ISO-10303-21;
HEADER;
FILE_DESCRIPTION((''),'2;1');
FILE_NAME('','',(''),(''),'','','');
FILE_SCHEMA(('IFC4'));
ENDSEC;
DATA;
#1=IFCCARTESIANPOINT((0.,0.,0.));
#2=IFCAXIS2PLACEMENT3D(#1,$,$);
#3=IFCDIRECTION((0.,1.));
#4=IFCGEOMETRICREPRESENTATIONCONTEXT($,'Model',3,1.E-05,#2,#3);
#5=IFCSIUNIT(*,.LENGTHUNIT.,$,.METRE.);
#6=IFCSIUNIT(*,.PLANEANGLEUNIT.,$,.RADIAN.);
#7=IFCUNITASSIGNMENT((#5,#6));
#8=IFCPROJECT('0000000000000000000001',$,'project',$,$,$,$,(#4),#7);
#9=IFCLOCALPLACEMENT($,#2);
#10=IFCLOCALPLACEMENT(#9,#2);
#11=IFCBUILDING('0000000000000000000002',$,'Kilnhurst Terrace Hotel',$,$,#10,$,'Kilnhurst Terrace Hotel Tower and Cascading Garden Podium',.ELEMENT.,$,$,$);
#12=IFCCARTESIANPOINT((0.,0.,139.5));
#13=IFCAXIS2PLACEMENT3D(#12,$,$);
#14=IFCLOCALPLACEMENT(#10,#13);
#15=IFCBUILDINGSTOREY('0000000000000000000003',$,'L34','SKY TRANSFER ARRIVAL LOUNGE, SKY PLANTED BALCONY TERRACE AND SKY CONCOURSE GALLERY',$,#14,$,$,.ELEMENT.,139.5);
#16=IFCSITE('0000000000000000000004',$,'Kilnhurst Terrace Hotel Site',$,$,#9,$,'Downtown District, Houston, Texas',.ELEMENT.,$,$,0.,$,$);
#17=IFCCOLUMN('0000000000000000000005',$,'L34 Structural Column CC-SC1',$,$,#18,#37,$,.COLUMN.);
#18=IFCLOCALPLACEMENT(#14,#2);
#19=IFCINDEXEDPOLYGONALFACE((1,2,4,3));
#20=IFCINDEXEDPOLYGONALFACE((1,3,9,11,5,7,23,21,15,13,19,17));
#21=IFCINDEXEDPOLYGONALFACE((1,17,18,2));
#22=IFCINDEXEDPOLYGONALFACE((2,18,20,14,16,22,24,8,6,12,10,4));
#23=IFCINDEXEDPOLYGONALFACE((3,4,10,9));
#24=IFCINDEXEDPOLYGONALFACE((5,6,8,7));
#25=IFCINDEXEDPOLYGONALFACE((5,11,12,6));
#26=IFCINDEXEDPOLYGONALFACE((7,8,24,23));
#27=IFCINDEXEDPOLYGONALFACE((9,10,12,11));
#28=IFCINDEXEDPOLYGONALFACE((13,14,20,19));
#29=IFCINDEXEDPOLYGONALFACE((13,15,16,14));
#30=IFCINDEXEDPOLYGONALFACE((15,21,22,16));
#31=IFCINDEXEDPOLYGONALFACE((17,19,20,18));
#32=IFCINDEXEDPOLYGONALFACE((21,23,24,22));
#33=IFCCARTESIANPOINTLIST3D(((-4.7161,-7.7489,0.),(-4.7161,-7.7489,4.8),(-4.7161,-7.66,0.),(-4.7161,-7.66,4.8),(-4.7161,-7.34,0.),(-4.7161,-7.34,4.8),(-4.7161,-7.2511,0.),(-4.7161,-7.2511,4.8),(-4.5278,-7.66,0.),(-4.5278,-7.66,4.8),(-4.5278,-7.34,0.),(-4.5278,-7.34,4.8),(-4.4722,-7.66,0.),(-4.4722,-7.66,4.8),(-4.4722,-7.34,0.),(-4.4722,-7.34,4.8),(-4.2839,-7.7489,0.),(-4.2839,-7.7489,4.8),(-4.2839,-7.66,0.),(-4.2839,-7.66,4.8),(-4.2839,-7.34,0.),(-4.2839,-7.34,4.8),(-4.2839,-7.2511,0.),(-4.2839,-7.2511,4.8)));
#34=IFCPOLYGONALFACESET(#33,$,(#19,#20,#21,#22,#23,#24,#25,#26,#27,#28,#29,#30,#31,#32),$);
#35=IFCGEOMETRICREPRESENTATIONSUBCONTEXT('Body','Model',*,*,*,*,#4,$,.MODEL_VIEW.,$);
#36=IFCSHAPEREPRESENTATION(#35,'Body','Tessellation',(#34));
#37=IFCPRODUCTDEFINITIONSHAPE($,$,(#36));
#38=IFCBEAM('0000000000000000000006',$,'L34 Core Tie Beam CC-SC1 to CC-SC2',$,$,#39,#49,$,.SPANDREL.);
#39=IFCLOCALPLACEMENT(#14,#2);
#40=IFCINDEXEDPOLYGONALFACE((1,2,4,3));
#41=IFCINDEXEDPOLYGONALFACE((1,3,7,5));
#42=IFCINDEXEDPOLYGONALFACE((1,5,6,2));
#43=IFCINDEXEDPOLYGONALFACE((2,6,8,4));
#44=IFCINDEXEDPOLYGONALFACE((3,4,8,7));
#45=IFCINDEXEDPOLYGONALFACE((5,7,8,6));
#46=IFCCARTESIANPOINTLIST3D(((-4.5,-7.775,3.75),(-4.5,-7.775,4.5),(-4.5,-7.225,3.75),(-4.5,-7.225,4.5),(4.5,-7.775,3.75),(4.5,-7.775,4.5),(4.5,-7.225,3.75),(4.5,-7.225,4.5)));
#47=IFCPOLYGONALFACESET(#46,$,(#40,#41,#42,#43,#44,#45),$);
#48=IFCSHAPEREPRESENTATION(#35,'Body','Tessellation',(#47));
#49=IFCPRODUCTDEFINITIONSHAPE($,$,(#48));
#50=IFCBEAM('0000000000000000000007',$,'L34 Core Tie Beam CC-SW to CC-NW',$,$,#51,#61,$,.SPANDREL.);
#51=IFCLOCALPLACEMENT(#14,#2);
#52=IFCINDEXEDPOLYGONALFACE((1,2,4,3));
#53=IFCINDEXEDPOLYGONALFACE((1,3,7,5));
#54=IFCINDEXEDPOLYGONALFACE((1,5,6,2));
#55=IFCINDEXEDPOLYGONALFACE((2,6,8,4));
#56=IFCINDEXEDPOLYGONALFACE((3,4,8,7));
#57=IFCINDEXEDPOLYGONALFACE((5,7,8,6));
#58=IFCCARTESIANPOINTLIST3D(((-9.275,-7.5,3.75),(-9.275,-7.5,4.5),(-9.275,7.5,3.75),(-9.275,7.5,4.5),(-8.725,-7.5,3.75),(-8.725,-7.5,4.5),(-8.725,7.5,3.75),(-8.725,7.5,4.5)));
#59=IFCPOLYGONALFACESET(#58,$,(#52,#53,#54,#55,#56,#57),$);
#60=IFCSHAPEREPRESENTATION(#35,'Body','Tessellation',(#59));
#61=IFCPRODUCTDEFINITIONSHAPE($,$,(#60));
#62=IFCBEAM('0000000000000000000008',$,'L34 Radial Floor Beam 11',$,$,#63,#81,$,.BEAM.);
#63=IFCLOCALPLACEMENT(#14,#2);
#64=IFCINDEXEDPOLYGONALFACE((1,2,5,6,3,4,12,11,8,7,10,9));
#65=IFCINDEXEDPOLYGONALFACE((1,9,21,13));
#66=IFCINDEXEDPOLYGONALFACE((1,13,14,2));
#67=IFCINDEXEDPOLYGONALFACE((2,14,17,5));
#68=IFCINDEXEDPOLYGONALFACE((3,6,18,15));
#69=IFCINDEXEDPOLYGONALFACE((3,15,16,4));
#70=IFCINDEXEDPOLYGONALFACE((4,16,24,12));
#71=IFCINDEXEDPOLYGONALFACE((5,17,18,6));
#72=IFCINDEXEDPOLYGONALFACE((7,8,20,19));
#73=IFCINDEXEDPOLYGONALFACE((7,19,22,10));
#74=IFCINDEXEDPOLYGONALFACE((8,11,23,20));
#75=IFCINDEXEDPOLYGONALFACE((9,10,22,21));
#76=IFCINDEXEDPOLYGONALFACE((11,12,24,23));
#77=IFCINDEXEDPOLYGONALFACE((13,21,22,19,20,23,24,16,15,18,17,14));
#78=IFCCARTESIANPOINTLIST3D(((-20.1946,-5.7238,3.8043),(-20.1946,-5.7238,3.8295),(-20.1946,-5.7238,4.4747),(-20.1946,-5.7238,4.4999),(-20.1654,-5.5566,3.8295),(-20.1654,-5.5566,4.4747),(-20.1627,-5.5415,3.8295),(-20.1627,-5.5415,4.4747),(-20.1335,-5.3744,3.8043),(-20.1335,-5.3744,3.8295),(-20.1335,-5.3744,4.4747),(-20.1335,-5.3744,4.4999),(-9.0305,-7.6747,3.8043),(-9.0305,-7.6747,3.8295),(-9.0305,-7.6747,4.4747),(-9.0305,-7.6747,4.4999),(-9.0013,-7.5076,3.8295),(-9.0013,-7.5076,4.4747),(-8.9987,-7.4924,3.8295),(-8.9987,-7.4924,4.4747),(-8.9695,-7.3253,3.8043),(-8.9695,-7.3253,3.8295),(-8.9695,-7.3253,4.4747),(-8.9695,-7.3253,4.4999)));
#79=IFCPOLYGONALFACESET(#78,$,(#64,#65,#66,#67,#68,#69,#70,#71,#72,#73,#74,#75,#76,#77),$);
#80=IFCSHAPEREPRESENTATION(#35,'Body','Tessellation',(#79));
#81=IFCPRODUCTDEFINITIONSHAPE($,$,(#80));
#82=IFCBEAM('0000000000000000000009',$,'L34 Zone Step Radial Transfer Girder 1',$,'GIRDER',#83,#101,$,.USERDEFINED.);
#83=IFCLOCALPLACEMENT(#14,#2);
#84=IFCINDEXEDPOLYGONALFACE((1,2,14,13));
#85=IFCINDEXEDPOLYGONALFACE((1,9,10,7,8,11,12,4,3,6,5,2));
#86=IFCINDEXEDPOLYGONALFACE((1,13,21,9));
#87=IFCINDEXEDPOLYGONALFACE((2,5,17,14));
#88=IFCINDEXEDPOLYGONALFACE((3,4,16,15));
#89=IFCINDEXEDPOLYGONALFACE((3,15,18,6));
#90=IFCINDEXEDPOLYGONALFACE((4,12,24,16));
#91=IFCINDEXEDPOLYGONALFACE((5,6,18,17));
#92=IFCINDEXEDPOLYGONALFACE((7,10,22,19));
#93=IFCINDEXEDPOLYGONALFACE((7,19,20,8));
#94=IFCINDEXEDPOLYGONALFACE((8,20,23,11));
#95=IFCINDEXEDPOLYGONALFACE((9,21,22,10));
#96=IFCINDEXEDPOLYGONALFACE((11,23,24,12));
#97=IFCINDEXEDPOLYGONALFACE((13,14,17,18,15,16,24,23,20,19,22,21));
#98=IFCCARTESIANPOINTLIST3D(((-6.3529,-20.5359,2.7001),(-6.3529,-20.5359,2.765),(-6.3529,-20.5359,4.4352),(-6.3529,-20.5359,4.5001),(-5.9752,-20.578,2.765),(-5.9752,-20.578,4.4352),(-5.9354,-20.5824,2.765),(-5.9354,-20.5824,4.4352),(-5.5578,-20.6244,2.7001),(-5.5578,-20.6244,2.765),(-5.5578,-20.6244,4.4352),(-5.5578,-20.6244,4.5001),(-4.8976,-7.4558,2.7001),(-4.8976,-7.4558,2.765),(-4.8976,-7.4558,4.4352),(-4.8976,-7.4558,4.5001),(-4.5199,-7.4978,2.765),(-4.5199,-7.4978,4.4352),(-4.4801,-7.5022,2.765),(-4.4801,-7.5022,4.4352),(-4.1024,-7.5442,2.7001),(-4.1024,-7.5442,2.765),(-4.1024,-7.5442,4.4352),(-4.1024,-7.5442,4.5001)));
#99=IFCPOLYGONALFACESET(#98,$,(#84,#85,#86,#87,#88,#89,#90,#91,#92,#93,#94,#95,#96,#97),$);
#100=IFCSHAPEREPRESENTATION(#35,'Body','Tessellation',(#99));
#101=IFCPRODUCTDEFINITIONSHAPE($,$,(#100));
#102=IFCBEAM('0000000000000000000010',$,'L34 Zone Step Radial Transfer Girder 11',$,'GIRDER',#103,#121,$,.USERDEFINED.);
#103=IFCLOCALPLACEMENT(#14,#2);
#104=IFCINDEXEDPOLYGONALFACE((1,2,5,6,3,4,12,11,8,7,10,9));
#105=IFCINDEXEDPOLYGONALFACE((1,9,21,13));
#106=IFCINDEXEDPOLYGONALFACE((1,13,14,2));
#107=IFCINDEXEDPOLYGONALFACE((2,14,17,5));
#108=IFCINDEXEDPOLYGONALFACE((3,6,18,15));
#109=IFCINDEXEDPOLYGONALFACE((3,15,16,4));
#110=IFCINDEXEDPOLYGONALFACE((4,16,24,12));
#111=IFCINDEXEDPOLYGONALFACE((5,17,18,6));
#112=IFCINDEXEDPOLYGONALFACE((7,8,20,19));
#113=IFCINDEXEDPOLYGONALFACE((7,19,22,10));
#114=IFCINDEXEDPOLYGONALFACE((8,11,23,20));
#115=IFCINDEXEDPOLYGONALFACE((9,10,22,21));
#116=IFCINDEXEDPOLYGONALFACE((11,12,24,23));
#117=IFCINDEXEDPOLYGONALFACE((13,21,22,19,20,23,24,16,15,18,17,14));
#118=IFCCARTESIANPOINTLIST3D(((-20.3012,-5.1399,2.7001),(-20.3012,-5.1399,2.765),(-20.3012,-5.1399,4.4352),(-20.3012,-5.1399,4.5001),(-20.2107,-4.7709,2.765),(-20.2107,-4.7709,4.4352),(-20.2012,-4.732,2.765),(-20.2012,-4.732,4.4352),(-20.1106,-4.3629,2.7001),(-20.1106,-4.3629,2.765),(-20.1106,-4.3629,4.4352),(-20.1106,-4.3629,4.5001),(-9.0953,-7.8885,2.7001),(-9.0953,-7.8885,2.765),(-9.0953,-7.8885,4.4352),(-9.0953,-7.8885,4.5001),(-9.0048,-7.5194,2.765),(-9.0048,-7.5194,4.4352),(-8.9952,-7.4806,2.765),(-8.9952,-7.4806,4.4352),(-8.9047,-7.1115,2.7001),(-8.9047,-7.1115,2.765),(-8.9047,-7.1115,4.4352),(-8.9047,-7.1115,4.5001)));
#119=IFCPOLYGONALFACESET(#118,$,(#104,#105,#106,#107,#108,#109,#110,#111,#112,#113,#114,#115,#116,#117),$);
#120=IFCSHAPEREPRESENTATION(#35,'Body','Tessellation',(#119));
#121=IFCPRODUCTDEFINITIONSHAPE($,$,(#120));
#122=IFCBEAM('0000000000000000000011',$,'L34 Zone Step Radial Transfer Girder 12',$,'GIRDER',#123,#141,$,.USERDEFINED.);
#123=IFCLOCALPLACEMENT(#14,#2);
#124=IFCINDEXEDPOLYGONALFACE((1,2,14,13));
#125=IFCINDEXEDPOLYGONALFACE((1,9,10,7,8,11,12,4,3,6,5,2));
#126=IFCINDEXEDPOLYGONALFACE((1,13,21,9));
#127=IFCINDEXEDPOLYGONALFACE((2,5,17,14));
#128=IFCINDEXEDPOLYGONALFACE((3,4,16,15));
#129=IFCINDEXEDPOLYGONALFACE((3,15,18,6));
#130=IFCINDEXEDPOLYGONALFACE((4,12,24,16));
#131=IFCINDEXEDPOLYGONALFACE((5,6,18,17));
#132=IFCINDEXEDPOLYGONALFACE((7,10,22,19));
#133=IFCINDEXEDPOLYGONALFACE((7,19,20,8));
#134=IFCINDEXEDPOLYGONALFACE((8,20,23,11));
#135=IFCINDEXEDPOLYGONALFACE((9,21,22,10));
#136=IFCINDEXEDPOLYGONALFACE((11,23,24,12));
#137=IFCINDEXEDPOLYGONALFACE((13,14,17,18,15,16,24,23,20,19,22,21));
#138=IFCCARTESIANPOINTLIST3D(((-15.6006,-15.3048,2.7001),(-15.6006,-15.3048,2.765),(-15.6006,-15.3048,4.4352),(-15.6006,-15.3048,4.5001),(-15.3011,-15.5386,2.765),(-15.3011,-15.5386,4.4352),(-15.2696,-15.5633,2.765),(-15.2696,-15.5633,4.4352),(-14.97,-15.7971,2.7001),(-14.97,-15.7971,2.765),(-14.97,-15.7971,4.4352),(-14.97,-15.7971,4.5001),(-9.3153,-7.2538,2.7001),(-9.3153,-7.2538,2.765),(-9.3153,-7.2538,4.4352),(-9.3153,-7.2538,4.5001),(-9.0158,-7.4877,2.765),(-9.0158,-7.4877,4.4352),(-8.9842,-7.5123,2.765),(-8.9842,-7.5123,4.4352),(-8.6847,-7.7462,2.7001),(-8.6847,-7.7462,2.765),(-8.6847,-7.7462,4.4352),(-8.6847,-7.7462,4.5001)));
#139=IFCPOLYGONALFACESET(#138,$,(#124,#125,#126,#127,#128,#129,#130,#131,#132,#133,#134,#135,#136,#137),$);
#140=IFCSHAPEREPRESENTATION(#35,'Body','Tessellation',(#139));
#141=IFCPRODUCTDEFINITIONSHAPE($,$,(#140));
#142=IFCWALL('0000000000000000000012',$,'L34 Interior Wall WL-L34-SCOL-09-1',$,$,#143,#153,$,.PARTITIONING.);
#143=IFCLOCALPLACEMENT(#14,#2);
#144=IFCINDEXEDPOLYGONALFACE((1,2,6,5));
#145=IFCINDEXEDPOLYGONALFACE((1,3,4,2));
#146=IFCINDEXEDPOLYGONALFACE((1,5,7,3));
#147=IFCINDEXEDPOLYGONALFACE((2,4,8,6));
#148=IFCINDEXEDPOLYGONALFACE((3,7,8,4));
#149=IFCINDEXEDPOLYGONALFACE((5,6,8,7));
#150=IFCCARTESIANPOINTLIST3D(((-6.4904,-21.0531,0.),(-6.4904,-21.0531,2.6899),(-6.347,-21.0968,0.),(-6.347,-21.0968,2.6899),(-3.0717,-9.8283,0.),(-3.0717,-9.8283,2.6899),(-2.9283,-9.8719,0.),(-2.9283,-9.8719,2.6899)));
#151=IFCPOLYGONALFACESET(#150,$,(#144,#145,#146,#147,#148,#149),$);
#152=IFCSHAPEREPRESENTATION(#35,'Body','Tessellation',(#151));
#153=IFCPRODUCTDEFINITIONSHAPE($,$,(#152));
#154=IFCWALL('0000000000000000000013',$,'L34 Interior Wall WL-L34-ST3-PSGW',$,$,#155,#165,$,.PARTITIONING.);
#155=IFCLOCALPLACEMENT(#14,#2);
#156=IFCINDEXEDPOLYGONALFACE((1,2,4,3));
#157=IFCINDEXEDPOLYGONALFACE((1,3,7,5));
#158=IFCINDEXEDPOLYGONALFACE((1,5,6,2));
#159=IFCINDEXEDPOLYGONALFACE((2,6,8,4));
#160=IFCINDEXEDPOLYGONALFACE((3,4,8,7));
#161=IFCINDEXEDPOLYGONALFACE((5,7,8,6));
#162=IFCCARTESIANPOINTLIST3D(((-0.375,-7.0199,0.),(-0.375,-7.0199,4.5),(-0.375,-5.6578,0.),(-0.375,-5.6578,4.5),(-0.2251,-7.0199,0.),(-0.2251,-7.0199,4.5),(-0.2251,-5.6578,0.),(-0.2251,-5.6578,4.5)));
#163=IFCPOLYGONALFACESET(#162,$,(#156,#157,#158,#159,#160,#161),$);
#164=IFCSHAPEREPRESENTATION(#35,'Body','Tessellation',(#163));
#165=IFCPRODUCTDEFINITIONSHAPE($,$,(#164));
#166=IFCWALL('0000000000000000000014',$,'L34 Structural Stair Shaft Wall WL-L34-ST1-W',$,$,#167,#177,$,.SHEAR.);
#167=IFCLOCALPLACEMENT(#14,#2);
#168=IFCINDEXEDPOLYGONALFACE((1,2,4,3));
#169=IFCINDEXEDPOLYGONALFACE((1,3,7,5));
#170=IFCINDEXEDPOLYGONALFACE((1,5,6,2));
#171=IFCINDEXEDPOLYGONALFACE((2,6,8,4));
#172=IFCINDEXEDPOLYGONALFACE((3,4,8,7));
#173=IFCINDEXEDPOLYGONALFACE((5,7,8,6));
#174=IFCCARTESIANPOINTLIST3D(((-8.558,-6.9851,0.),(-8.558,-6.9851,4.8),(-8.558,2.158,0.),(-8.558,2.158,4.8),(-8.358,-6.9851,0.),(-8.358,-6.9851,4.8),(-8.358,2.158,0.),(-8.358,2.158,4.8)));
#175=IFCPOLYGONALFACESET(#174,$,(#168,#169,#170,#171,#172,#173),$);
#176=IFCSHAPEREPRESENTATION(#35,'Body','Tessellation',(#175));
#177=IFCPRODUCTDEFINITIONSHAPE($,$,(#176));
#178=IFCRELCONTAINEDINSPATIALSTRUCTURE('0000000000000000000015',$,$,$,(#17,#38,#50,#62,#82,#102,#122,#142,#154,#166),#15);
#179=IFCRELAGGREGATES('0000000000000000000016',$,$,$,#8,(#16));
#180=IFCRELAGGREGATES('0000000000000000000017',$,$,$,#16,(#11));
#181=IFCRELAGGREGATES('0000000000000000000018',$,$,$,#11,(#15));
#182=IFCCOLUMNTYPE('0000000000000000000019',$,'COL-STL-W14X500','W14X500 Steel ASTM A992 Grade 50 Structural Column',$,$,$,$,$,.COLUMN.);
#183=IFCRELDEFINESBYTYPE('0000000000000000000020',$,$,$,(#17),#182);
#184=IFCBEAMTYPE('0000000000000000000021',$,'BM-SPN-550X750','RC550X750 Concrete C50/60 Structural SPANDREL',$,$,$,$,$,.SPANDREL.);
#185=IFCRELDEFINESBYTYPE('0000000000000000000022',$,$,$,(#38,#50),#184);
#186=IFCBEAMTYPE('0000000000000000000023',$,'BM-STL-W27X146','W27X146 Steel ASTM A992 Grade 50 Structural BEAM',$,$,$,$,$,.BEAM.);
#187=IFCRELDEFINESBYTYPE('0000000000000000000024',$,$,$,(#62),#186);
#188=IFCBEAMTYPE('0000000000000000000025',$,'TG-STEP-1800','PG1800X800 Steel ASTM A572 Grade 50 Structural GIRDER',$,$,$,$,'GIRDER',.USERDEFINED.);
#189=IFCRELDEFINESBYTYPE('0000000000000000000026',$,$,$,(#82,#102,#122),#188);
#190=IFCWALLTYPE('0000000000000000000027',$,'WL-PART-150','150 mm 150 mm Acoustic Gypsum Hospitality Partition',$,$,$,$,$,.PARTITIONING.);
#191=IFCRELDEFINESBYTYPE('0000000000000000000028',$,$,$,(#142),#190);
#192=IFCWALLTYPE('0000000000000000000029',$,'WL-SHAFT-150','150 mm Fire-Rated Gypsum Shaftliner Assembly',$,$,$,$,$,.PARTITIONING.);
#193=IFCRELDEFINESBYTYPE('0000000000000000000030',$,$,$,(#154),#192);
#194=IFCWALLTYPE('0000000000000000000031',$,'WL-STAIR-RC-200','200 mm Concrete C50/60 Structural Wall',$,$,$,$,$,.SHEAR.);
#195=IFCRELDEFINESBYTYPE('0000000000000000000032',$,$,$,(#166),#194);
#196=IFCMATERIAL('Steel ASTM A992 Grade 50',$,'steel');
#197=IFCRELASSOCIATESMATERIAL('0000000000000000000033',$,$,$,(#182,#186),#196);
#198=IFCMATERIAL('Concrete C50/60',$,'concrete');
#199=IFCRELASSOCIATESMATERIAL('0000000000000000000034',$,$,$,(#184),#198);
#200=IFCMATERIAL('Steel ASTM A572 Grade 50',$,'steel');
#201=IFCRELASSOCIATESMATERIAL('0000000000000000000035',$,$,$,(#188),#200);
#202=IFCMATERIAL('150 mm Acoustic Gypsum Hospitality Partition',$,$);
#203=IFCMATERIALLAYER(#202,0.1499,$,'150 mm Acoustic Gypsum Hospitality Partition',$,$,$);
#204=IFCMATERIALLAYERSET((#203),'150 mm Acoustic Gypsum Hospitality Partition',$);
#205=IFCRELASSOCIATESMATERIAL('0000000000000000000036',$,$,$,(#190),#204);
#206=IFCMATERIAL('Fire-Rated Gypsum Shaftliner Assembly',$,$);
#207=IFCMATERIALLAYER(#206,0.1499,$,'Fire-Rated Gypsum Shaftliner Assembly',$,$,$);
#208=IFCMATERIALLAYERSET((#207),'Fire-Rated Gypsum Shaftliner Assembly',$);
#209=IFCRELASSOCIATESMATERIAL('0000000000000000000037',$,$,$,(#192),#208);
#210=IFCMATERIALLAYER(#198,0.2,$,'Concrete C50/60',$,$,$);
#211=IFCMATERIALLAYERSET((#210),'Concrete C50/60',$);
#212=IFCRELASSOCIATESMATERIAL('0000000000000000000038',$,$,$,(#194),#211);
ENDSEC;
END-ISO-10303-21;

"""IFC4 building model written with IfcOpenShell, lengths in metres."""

from ifc_helpers import new_model, si_unit, direction, frame, frame_2d, origin, origin_2d, place, context, subcontext, project, spatial, rectangle, i_section, extrude, material, layer, layer_set, material_profile, profile_set, type_object, element, save


model = new_model("IFC4")

# Units and contexts
model_context = context("Model", 3, precision=1e-05, world=origin(), true_north=direction((0.0, 1.0)))
body_context = subcontext(model_context, "Body", "Model", "MODEL_VIEW")
ifc_project = project(units=[si_unit("LENGTHUNIT", "METRE"), si_unit("PLANEANGLEUNIT", "RADIAN")], contexts=[model_context])

# Site, building, storey
site_placement = place(None, origin())
site = spatial("IfcSite", under=ifc_project, at=site_placement, Name="Kilnhurst Terrace Hotel Site", LongName="Downtown District, Houston, Texas", CompositionType="ELEMENT", RefElevation=0.0)
building_placement = place(site_placement, origin())
building = spatial("IfcBuilding", under=site, at=building_placement, Name="Kilnhurst Terrace Hotel", LongName="Kilnhurst Terrace Hotel Tower and Cascading Garden Podium", CompositionType="ELEMENT")
storey_placement = place(building_placement, frame((0.0, 0.0, 139.5)))
storey = spatial("IfcBuildingStorey", under=building, at=storey_placement, Name="L34", Description="SKY TRANSFER ARRIVAL LOUNGE, SKY PLANTED BALCONY TERRACE AND SKY CONCOURSE GALLERY", CompositionType="ELEMENT", Elevation=139.5)

# Column
ifc_material_1 = material(Name="Steel ASTM A992 Grade 50", Category="steel")
ifc_material_profile_1 = material_profile(ifc_material_1, i_section(OverallWidth=0.4321, OverallDepth=0.4978, WebThickness=0.0557, FlangeThickness=0.0889, at=origin_2d()), Name="W14X500")
ifc_profile_set_1 = profile_set([ifc_material_profile_1], Name="Steel ASTM A992 Grade 50")
column_type = type_object("IfcColumnType", Name="COL-STL-W14X500", Description="W14X500 Steel ASTM A992 Grade 50 Structural Column", PredefinedType="COLUMN", material=ifc_profile_set_1)
column_placement = place(storey_placement, frame((-4.5, -7.5, 0.0), z_axis=(0.0, 0.0, 1.0), x_axis=(1.0, 0.0, 0.0)))
element("IfcColumn", 1, at=column_placement, inside=storey, type_object=column_type, Name="L34 Structural Column CC-SC1", PredefinedType="COLUMN", context=body_context, shape_type="SweptSolid", body=[
    extrude(i_section(OverallWidth=0.4321, OverallDepth=0.4978, WebThickness=0.0557, FlangeThickness=0.0889, at=origin_2d()), origin(), (0.0, 0.0, 1.0), 4.8),
])

# Beams
ifc_material_2 = material(Name="Concrete C50/60", Category="concrete")
ifc_material_profile_2 = material_profile(ifc_material_2, rectangle(XDim=0.55, YDim=0.75, at=origin_2d()), Name="RC550X750")
ifc_profile_set_2 = profile_set([ifc_material_profile_2], Name="Concrete C50/60")
beam_type_1 = type_object("IfcBeamType", Name="BM-SPN-550X750", Description="RC550X750 Concrete C50/60 Structural SPANDREL", PredefinedType="SPANDREL", material=ifc_profile_set_2)
beam_1_placement = place(storey_placement, frame((-4.5, -7.5, 4.125), z_axis=(1.0, 0.0, 0.0), x_axis=(0.0, 1.0, 0.0)))
element("IfcBeam", 2, at=beam_1_placement, inside=storey, type_object=beam_type_1, Name="L34 Core Tie Beam CC-SC1 to CC-SC2", PredefinedType="SPANDREL", context=body_context, shape_type="SweptSolid", body=[
    extrude(rectangle(XDim=0.55, YDim=0.75, at=origin_2d()), origin(), (0.0, 0.0, 1.0), 9.0),
])
beam_2_placement = place(storey_placement, frame((-9.0, -7.5, 4.125), z_axis=(0.0, 1.0, 0.0), x_axis=(-1.0, 0.0, 0.0)))
element("IfcBeam", 3, at=beam_2_placement, inside=storey, type_object=beam_type_1, Name="L34 Core Tie Beam CC-SW to CC-NW", PredefinedType="SPANDREL", context=body_context, shape_type="SweptSolid", body=[
    extrude(rectangle(XDim=0.55, YDim=0.75, at=origin_2d()), origin(), (0.0, 0.0, 1.0), 15.0),
])
ifc_material_profile_3 = material_profile(ifc_material_1, i_section(OverallWidth=0.3547, OverallDepth=0.6956, WebThickness=0.0154, FlangeThickness=0.0251, at=origin_2d()), Name="W27X146")
ifc_profile_set_3 = profile_set([ifc_material_profile_3], Name="Steel ASTM A992 Grade 50")
beam_type_2 = type_object("IfcBeamType", Name="BM-STL-W27X146", Description="W27X146 Steel ASTM A992 Grade 50 Structural BEAM", PredefinedType="BEAM", material=ifc_profile_set_3)
beam_3_placement = place(storey_placement, frame((-9.0, -7.5, 4.1521), z_axis=(-0.985072, 0.172142, 0.0), x_axis=(-0.172142, -0.985072, 0.0)))
element("IfcBeam", 4, at=beam_3_placement, inside=storey, type_object=beam_type_2, Name="L34 Radial Floor Beam 11", PredefinedType="BEAM", context=body_context, shape_type="SweptSolid", body=[
    extrude(i_section(OverallWidth=0.3547, OverallDepth=0.6956, WebThickness=0.0154, FlangeThickness=0.0251, at=origin_2d()), origin(), (0.0, 0.0, 1.0), 11.3333),
])
ifc_material_3 = material(Name="Steel ASTM A572 Grade 50", Category="steel")
ifc_material_profile_4 = material_profile(ifc_material_3, i_section(OverallWidth=0.8, OverallDepth=1.8, WebThickness=0.04, FlangeThickness=0.0649, at=origin_2d()), Name="PG1800X800")
ifc_profile_set_4 = profile_set([ifc_material_profile_4], Name="Steel ASTM A572 Grade 50")
beam_type_3 = type_object("IfcBeamType", Name="TG-STEP-1800", Description="PG1800X800 Steel ASTM A572 Grade 50 Structural GIRDER", ElementType="GIRDER", PredefinedType="USERDEFINED", material=ifc_profile_set_4)
beam_4_placement = place(storey_placement, frame((-4.5, -7.5, 3.6001), z_axis=(-0.11058, -0.993867, 0.0), x_axis=(0.993867, -0.11058, 0.0)))
element("IfcBeam", 5, at=beam_4_placement, inside=storey, type_object=beam_type_3, Name="L34 Zone Step Radial Transfer Girder 1", ObjectType="GIRDER", PredefinedType="USERDEFINED", context=body_context, shape_type="SweptSolid", body=[
    extrude(i_section(OverallWidth=0.8, OverallDepth=1.8, WebThickness=0.04, FlangeThickness=0.0649, at=origin_2d()), origin(), (0.0, 0.0, 1.0), 13.1609),
])
beam_5_placement = place(storey_placement, frame((-9.0, -7.5, 3.6001), z_axis=(-0.971212, 0.238217, 0.0), x_axis=(-0.238217, -0.971212, 0.0)))
element("IfcBeam", 6, at=beam_5_placement, inside=storey, type_object=beam_type_3, Name="L34 Zone Step Radial Transfer Girder 11", ObjectType="GIRDER", PredefinedType="USERDEFINED", context=body_context, shape_type="SweptSolid", body=[
    extrude(i_section(OverallWidth=0.8, OverallDepth=1.8, WebThickness=0.04, FlangeThickness=0.0649, at=origin_2d()), origin(), (0.0, 0.0, 1.0), 11.5381),
])
beam_6_placement = place(storey_placement, frame((-9.0, -7.5, 3.6001), z_axis=(-0.615373, -0.788236, 0.0), x_axis=(0.788236, -0.615373, 0.0)))
element("IfcBeam", 7, at=beam_6_placement, inside=storey, type_object=beam_type_3, Name="L34 Zone Step Radial Transfer Girder 12", ObjectType="GIRDER", PredefinedType="USERDEFINED", context=body_context, shape_type="SweptSolid", body=[
    extrude(i_section(OverallWidth=0.8, OverallDepth=1.8, WebThickness=0.04, FlangeThickness=0.0649, at=origin_2d()), origin(), (0.0, 0.0, 1.0), 10.2139),
])

# Walls
ifc_material_4 = material(Name="150 mm Acoustic Gypsum Hospitality Partition")
ifc_layer_1 = layer(ifc_material_4, 0.1499, Name="150 mm Acoustic Gypsum Hospitality Partition")
ifc_layer_set_1 = layer_set([ifc_layer_1], Name="150 mm Acoustic Gypsum Hospitality Partition")
wall_type_1 = type_object("IfcWallType", Name="WL-PART-150", Description="150 mm 150 mm Acoustic Gypsum Hospitality Partition", PredefinedType="PARTITIONING", material=ifc_layer_set_1)
wall_1_placement = place(storey_placement, frame((-3.0, -9.8501, 0.0), z_axis=(0.0, 0.0, 1.0), x_axis=(-0.291352, -0.956616, 0.0)))
element("IfcWall", 8, at=wall_1_placement, inside=storey, type_object=wall_type_1, Name="L34 Interior Wall WL-L34-SCOL-09-1", PredefinedType="PARTITIONING", context=body_context, shape_type="SweptSolid", body=[
    extrude(rectangle(XDim=11.7339, YDim=0.1499, at=frame_2d((5.8669, 0.0))), origin(), (0.0, 0.0, 1.0), 2.6899),
])
ifc_material_5 = material(Name="Fire-Rated Gypsum Shaftliner Assembly")
ifc_layer_2 = layer(ifc_material_5, 0.1499, Name="Fire-Rated Gypsum Shaftliner Assembly")
ifc_layer_set_2 = layer_set([ifc_layer_2], Name="Fire-Rated Gypsum Shaftliner Assembly")
wall_type_2 = type_object("IfcWallType", Name="WL-SHAFT-150", Description="150 mm Fire-Rated Gypsum Shaftliner Assembly", PredefinedType="PARTITIONING", material=ifc_layer_set_2)
wall_2_placement = place(storey_placement, frame((-0.3, -7.02, 0.0), z_axis=(0.0, 0.0, 1.0), x_axis=(0.0, 1.0, 0.0)))
element("IfcWall", 9, at=wall_2_placement, inside=storey, type_object=wall_type_2, Name="L34 Interior Wall WL-L34-ST3-PSGW", PredefinedType="PARTITIONING", context=body_context, shape_type="SweptSolid", body=[
    extrude(rectangle(XDim=1.3621, YDim=0.1499, at=frame_2d((0.6812, 0.0))), origin(), (0.0, 0.0, 1.0), 4.5),
])
ifc_layer_3 = layer(ifc_material_2, 0.2, Name="Concrete C50/60")
ifc_layer_set_3 = layer_set([ifc_layer_3], Name="Concrete C50/60")
wall_type_3 = type_object("IfcWallType", Name="WL-STAIR-RC-200", Description="200 mm Concrete C50/60 Structural Wall", PredefinedType="SHEAR", material=ifc_layer_set_3)
for number, where, z_axis, x_axis, name in (
    (10, (-8.458, -6.9851, 0.0), (0.0, 0.0, 1.0), (0.0, 1.0, 0.0), "L34 Structural Stair Shaft Wall WL-L34-ST1-W"),
):
    element("IfcWall", number, at=place(storey_placement, frame(where, z_axis=z_axis, x_axis=x_axis)), inside=storey, type_object=wall_type_3, Name=name, PredefinedType="SHEAR", context=body_context, shape_type="SweptSolid", body=[
        extrude(rectangle(XDim=9.1431, YDim=0.2, at=frame_2d((4.5715, 0.0))), origin(), (0.0, 0.0, 1.0), 4.8),
    ])

save(model, "model.ifc")
